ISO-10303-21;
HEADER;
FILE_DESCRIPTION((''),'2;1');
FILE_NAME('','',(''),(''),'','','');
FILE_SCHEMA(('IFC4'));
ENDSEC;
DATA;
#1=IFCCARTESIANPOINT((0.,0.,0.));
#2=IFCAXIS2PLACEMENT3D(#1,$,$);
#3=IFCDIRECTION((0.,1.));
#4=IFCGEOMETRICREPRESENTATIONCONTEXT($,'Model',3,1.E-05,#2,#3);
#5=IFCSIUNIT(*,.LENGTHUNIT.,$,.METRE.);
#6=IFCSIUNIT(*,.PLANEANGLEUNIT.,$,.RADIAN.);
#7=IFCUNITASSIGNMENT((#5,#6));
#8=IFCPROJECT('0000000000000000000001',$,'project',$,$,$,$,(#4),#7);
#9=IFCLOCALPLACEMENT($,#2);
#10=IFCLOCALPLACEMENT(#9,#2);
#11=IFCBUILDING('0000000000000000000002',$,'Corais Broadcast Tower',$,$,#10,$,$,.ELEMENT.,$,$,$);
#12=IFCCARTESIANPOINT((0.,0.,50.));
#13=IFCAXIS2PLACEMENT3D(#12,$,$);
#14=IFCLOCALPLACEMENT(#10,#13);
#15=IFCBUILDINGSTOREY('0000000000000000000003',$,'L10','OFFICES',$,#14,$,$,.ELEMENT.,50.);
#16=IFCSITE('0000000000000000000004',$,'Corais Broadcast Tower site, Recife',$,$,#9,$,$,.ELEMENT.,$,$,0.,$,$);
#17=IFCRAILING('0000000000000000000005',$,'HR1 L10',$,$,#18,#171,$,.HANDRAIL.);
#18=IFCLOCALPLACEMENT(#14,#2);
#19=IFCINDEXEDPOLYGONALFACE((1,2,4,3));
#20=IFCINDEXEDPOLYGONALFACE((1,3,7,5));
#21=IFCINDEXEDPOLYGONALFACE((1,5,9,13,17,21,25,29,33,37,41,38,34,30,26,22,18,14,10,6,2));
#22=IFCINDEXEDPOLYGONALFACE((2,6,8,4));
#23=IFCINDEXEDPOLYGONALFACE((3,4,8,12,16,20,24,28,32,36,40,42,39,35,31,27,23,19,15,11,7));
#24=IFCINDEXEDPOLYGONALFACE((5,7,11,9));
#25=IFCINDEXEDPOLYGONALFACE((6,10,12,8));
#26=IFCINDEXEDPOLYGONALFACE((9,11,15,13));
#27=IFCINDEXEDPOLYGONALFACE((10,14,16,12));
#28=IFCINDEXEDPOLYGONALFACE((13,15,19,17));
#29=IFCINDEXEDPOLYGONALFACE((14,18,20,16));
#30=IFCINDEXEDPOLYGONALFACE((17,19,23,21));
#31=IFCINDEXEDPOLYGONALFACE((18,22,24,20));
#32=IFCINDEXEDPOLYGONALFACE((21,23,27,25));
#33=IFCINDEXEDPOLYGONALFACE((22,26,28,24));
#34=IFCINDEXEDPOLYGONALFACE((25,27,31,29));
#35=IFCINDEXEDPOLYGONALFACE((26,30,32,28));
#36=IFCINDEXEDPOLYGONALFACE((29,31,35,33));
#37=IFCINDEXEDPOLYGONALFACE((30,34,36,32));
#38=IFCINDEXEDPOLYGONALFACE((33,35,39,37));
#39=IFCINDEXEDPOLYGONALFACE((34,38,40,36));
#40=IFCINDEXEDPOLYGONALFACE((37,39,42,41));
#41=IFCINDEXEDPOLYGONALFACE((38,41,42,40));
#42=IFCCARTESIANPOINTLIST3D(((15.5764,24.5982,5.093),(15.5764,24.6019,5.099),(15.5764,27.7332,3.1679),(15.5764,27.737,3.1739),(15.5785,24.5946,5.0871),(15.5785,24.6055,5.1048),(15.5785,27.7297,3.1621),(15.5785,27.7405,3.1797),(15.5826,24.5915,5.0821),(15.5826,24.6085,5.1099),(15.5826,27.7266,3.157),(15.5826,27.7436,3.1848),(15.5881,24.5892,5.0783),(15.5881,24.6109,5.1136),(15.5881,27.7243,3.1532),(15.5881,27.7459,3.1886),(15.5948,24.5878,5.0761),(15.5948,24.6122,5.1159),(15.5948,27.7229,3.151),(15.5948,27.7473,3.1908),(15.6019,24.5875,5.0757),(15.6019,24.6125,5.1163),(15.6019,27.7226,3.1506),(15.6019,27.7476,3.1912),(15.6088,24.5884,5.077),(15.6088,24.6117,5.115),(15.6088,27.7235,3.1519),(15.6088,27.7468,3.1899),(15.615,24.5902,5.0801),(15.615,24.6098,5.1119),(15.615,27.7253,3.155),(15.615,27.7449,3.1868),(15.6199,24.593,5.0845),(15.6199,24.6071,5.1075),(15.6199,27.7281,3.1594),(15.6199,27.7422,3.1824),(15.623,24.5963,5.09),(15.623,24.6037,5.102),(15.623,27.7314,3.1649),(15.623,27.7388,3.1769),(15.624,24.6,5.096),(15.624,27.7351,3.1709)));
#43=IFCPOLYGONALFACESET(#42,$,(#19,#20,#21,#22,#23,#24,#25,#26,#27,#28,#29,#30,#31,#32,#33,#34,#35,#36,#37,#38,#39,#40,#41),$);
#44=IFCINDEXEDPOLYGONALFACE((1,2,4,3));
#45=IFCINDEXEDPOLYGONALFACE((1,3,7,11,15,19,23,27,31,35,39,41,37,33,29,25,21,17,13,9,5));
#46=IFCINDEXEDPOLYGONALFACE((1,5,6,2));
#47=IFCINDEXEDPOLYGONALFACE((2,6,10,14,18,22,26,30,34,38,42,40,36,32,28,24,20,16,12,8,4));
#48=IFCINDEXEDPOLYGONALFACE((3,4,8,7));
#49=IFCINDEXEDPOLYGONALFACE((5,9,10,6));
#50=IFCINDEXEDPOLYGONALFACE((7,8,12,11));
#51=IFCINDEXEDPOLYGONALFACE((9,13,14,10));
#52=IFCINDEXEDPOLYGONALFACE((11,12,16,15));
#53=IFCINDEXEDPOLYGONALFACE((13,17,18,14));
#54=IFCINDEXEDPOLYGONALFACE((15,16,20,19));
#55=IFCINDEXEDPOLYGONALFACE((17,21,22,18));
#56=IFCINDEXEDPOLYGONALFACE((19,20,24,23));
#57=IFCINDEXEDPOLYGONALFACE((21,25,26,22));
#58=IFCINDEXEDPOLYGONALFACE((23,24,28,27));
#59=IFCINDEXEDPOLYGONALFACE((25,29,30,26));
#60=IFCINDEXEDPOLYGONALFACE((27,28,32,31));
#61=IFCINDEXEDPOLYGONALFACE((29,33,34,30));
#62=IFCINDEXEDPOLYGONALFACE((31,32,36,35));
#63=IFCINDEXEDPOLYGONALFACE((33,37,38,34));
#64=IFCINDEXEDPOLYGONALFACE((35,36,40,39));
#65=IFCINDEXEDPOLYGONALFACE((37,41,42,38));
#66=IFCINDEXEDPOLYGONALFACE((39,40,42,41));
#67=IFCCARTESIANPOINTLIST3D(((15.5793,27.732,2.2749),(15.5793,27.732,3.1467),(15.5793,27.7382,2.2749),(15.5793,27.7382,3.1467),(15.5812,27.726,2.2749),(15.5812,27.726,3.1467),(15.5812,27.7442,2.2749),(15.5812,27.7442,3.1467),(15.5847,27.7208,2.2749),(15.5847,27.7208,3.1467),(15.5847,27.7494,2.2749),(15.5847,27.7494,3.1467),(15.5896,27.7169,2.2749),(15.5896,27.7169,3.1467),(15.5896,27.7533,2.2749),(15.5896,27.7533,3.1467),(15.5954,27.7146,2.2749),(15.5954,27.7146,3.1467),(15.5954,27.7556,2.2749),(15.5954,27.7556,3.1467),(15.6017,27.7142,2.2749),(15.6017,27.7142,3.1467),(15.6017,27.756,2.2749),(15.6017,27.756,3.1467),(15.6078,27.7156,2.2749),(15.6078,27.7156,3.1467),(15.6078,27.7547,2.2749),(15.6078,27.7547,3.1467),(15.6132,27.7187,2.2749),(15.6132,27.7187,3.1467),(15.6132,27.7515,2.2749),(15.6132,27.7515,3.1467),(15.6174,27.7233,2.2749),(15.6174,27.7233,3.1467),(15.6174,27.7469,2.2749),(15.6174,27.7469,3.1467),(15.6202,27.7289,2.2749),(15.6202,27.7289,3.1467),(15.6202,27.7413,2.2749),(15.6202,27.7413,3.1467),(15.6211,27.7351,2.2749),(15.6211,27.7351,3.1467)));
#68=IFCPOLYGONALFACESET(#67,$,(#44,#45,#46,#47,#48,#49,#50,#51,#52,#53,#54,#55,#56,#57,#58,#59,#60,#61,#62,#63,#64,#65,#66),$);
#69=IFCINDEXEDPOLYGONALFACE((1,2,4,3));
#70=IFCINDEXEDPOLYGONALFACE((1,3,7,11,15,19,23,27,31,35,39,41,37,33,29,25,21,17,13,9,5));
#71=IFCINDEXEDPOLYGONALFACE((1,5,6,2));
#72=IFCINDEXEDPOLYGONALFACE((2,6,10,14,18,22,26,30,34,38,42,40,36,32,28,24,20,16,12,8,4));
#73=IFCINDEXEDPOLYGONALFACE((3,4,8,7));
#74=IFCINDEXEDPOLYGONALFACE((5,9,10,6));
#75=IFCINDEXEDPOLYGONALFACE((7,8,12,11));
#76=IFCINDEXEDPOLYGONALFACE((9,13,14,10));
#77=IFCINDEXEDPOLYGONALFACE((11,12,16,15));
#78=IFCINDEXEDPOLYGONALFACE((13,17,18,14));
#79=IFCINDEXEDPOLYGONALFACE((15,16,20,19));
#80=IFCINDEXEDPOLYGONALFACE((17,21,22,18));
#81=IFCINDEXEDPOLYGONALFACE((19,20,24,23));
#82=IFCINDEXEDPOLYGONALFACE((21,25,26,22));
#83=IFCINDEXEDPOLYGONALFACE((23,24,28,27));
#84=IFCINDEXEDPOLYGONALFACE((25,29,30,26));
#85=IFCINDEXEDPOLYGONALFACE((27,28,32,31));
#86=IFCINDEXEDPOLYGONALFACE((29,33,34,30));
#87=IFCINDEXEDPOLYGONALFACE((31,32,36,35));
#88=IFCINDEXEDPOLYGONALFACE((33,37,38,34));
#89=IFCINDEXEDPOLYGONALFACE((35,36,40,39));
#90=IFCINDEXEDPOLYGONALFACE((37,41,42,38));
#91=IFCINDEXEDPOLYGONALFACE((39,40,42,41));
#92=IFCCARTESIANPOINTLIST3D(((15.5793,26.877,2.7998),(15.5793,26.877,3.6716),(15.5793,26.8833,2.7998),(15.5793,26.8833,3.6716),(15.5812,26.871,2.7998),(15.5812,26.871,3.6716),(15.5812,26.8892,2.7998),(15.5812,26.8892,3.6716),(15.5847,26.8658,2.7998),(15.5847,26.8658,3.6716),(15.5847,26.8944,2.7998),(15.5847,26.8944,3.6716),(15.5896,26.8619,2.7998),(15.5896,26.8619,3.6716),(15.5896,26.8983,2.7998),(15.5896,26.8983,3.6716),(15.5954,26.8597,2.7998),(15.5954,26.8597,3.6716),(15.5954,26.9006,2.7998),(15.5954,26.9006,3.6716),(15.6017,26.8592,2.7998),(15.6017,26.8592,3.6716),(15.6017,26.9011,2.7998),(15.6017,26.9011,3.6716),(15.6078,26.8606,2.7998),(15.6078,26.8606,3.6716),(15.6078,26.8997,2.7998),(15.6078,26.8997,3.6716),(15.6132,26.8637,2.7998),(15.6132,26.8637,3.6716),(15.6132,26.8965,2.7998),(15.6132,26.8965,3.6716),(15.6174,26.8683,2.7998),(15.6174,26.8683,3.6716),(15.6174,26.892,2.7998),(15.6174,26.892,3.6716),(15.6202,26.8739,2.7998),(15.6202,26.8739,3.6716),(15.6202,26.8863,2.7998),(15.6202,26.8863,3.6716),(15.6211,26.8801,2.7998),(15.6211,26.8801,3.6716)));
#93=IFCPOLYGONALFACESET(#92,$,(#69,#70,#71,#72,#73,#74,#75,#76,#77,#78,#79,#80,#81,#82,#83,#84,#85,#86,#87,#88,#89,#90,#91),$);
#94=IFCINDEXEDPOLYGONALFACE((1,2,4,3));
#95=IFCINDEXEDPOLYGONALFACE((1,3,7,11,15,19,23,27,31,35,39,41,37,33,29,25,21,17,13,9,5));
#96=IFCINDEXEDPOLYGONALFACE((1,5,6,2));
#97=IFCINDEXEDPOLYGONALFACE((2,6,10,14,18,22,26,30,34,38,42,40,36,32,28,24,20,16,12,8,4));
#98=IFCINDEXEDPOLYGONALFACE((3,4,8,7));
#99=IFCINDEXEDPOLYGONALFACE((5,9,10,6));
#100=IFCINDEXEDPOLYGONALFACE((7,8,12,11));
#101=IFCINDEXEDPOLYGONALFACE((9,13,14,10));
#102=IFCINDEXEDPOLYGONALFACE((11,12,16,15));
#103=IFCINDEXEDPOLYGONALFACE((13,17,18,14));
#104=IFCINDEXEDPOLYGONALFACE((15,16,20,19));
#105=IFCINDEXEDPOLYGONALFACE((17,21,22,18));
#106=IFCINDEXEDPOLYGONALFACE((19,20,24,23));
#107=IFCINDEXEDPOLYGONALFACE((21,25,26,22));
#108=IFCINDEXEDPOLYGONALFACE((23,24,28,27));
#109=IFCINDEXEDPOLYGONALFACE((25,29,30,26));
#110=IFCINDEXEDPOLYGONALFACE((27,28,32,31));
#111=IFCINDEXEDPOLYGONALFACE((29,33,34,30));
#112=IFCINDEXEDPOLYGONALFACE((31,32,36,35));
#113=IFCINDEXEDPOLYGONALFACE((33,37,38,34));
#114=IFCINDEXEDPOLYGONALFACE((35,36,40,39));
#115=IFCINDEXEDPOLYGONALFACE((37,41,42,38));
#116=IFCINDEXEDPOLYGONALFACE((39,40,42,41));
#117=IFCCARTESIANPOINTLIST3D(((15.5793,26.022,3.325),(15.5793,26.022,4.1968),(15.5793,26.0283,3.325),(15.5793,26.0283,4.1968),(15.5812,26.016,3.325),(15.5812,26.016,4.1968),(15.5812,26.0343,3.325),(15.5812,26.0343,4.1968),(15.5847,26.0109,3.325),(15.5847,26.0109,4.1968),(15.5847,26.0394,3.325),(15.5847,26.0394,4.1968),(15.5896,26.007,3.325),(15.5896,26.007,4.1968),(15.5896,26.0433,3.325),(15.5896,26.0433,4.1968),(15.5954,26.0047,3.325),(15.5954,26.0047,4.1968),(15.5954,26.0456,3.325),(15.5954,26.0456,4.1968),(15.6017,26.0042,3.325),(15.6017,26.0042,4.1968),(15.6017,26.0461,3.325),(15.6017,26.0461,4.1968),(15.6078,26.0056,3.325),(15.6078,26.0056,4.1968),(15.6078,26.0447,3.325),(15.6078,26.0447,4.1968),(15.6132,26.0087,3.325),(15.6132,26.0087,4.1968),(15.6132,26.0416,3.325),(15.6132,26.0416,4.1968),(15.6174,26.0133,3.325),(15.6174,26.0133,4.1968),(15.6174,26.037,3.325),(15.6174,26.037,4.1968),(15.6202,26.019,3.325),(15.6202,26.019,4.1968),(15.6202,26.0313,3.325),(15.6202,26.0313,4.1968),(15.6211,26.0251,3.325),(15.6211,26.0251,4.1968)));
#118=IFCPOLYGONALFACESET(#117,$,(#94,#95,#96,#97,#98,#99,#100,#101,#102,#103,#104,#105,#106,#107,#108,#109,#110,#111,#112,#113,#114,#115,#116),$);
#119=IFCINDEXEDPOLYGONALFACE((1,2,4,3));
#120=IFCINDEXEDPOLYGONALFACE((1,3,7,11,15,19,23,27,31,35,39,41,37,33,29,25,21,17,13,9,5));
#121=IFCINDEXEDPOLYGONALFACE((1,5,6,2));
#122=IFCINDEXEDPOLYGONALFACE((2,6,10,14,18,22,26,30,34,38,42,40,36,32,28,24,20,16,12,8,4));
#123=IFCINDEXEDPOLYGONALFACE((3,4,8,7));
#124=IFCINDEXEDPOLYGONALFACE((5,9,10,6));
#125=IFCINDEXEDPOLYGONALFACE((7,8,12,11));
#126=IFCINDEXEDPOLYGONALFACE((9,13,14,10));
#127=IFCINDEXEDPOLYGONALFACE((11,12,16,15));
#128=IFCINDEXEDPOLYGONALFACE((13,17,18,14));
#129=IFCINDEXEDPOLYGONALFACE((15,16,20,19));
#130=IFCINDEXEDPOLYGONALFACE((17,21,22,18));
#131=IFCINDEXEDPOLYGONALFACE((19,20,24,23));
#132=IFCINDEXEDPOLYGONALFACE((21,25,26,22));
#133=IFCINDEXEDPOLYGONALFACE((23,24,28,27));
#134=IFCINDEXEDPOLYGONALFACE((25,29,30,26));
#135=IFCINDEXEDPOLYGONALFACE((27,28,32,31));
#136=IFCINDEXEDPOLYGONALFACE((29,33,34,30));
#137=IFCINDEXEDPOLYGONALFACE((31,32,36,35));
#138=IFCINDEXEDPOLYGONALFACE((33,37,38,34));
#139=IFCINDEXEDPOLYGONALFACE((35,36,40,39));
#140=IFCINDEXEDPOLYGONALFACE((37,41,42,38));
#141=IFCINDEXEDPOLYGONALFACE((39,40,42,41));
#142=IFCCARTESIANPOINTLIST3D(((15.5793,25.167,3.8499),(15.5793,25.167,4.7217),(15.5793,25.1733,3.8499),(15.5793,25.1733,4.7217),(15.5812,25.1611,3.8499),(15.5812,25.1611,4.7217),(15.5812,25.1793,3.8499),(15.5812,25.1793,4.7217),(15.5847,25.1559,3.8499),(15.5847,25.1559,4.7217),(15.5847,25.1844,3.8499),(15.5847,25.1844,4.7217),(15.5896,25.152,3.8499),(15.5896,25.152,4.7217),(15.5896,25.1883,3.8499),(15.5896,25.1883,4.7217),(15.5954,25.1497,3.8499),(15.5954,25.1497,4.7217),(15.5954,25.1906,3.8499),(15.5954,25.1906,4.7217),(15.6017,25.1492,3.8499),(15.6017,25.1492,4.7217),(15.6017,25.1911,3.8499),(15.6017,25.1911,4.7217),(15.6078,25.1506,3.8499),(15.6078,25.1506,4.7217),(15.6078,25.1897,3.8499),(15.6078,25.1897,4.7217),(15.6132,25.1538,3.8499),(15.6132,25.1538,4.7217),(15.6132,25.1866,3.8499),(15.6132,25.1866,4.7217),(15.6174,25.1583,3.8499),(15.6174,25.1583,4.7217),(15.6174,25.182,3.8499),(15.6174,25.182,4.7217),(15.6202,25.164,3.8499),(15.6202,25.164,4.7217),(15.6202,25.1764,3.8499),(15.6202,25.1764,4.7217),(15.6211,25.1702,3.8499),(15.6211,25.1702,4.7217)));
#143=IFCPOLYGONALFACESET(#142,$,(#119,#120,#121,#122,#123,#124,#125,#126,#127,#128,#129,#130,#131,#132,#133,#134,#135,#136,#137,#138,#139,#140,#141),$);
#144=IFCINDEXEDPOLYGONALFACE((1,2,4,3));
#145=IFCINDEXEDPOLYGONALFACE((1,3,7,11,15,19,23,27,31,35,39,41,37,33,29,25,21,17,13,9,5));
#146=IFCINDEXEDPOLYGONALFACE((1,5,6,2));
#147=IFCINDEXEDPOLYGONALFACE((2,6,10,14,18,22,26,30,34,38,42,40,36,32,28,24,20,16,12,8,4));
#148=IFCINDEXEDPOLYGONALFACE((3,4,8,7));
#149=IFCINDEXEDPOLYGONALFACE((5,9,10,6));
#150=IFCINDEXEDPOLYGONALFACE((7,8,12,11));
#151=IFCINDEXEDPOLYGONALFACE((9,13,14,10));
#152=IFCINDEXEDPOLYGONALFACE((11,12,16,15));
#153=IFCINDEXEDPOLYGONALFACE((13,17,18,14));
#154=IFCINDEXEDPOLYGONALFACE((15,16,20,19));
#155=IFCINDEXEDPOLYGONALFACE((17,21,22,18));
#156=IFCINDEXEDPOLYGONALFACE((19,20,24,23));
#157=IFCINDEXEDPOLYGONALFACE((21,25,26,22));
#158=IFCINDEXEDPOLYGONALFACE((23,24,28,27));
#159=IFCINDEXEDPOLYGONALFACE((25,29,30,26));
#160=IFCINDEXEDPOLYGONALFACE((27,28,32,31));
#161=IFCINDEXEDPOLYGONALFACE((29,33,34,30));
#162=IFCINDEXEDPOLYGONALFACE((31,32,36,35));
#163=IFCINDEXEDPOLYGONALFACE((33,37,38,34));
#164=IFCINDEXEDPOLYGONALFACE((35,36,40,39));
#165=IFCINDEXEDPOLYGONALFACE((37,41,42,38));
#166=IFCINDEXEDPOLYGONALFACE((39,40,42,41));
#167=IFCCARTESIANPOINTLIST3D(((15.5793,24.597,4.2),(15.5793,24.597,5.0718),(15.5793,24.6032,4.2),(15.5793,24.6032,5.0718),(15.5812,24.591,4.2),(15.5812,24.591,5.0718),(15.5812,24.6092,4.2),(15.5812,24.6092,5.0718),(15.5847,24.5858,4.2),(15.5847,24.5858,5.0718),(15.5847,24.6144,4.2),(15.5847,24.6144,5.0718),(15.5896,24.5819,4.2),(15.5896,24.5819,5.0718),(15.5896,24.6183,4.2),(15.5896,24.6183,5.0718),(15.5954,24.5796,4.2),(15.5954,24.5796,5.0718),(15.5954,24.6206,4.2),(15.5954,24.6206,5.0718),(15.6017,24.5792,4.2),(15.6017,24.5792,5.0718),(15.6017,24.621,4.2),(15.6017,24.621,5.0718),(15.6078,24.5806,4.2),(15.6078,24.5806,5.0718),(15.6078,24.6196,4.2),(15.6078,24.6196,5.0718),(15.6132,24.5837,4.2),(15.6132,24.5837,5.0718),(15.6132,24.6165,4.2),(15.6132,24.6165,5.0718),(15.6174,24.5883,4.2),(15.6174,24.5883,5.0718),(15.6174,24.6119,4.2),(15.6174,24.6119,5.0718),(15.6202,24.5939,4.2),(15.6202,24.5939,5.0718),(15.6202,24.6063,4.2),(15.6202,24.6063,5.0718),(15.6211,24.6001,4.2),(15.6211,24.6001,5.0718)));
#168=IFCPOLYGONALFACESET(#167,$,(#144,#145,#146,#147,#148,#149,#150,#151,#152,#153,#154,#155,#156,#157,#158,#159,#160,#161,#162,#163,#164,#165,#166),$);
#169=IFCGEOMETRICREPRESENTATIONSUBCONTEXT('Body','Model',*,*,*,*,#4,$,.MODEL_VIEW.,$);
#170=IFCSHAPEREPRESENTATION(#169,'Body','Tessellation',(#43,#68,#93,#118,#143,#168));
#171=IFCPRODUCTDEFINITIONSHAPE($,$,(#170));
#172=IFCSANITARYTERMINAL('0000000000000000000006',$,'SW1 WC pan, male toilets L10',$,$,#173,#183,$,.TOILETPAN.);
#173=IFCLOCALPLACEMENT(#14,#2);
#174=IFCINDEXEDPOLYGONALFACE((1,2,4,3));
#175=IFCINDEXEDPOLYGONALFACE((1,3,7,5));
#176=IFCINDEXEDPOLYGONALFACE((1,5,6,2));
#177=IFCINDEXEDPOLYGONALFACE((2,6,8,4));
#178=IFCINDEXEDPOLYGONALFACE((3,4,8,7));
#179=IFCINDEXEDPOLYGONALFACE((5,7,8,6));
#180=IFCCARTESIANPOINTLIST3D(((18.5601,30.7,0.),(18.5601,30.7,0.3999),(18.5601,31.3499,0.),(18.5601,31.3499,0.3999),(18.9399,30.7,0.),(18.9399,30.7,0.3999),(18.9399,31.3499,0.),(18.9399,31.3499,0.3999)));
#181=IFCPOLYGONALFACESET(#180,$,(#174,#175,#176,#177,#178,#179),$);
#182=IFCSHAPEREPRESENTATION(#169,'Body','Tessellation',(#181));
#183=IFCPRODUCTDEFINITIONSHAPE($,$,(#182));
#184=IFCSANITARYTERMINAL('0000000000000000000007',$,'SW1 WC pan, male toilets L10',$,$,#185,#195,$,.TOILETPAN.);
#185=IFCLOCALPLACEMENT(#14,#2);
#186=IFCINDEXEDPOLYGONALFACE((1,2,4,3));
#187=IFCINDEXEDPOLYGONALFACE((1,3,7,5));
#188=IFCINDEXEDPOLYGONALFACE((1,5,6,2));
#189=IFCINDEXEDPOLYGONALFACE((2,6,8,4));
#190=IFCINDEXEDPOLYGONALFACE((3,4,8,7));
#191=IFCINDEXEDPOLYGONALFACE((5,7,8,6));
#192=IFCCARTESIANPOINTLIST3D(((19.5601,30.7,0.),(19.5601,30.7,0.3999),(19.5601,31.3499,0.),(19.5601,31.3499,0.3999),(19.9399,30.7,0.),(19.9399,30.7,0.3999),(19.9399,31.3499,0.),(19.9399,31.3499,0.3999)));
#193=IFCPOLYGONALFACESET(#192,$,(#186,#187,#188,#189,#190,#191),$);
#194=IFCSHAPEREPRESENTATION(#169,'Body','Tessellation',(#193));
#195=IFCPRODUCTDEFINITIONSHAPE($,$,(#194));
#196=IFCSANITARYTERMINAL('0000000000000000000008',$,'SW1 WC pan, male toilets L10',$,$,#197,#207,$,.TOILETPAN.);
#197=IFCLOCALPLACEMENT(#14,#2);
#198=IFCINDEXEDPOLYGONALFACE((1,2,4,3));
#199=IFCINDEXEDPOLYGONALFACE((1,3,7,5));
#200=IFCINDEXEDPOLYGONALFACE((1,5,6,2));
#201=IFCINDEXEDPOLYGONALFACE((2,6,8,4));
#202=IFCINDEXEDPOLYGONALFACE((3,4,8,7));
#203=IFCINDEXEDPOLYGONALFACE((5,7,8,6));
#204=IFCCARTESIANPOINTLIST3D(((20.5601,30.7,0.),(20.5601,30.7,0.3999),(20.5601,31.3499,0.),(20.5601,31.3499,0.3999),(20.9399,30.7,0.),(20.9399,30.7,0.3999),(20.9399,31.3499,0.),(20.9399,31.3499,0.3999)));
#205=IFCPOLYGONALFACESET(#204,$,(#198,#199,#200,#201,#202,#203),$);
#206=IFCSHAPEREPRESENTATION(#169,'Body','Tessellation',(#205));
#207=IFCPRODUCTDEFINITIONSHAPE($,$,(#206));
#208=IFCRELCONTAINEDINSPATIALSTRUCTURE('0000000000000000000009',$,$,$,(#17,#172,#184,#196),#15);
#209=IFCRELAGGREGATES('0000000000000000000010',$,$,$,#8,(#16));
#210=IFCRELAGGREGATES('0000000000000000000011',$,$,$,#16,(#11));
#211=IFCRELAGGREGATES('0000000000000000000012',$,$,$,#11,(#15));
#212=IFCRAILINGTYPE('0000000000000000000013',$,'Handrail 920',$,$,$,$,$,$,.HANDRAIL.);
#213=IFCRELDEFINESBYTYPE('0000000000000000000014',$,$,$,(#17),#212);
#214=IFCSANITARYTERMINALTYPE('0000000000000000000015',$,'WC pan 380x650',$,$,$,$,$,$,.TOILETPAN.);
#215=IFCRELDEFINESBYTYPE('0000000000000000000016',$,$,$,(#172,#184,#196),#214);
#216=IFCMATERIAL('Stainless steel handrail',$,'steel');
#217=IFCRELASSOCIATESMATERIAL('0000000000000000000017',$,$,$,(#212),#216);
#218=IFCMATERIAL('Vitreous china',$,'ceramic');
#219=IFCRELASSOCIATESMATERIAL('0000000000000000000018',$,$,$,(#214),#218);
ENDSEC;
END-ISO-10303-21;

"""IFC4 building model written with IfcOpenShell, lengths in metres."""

from ifc_helpers import new_model, si_unit, direction, frame, origin, origin_2d, place, context, subcontext, project, spatial, rectangle, circle, extrude, material, type_object, element, save


model = new_model("IFC4")

# Units and contexts
model_context = context("Model", 3, precision=1e-05, world=origin(), true_north=direction((0.0, 1.0)))
body_context = subcontext(model_context, "Body", "Model", "MODEL_VIEW")
ifc_project = project(units=[si_unit("LENGTHUNIT", "METRE"), si_unit("PLANEANGLEUNIT", "RADIAN")], contexts=[model_context])

# Site, building, storey
site_placement = place(None, origin())
site = spatial("IfcSite", under=ifc_project, at=site_placement, Name="Corais Broadcast Tower site, Recife", CompositionType="ELEMENT", RefElevation=0.0)
building_placement = place(site_placement, origin())
building = spatial("IfcBuilding", under=site, at=building_placement, Name="Corais Broadcast Tower", CompositionType="ELEMENT")
storey_placement = place(building_placement, frame((0.0, 0.0, 50.0)))
storey = spatial("IfcBuildingStorey", under=building, at=storey_placement, Name="L10", Description="OFFICES", CompositionType="ELEMENT", Elevation=50.0)

# Railing
ifc_material_1 = material(Name="Stainless steel handrail", Category="steel")
railing_type = type_object("IfcRailingType", Name="Handrail 920", PredefinedType="HANDRAIL", material=ifc_material_1)
for number, where, name in (
    (1, (15.6001, 27.7351, 2.2749), "HR1 L10"),
):
    element("IfcRailing", number, at=place(storey_placement, frame(where)), inside=storey, type_object=railing_type, Name=name, PredefinedType="HANDRAIL", context=body_context, shape_type="SweptSolid", body=[
        extrude(circle(Radius=0.0239, at=origin_2d()), frame((0.0, 0.0, 0.896), z_axis=(0.0, -0.852166, 0.523271), x_axis=(1.0, 0.0, 0.0)), (0.0, 0.0, 1.0), 3.679),
        extrude(circle(Radius=0.021, at=origin_2d()), origin(), (0.0, 0.0, 1.0), 0.8718),
        extrude(circle(Radius=0.021, at=origin_2d()), frame((0.0, -0.855, 0.5249)), (0.0, 0.0, 1.0), 0.8718),
        extrude(circle(Radius=0.021, at=origin_2d()), frame((0.0, -1.71, 1.05)), (0.0, 0.0, 1.0), 0.8718),
        extrude(circle(Radius=0.021, at=origin_2d()), frame((0.0, -2.5649, 1.575)), (0.0, 0.0, 1.0), 0.8718),
        extrude(circle(Radius=0.021, at=origin_2d()), frame((0.0, -3.135, 1.925)), (0.0, 0.0, 1.0), 0.8718),
    ])

# Sanitary terminals
ifc_material_2 = material(Name="Vitreous china", Category="ceramic")
sanitary_terminal_type_1 = type_object("IfcSanitaryTerminalType", Name="WC pan 380x650", PredefinedType="TOILETPAN", material=ifc_material_2)
for number, where, z_axis, x_axis, name in (
    (2, (18.75, 31.0249, 0.0), (0.0, 0.0, 1.0), (1.0, 0.0, 0.0), "SW1 WC pan, male toilets L10"),
    (3, (19.75, 31.0249, 0.0), (0.0, 0.0, 1.0), (1.0, 0.0, 0.0), "SW1 WC pan, male toilets L10"),
    (4, (20.75, 31.0249, 0.0), (0.0, 0.0, 1.0), (1.0, 0.0, 0.0), "SW1 WC pan, male toilets L10"),
):
    element("IfcSanitaryTerminal", number, at=place(storey_placement, frame(where, z_axis=z_axis, x_axis=x_axis)), inside=storey, type_object=sanitary_terminal_type_1, Name=name, PredefinedType="TOILETPAN", context=body_context, shape_type="SweptSolid", body=[
        extrude(rectangle(XDim=0.3799, YDim=0.6499, at=origin_2d()), origin(), (0.0, 0.0, 1.0), 0.3999),
    ])

save(model, "model.ifc")
